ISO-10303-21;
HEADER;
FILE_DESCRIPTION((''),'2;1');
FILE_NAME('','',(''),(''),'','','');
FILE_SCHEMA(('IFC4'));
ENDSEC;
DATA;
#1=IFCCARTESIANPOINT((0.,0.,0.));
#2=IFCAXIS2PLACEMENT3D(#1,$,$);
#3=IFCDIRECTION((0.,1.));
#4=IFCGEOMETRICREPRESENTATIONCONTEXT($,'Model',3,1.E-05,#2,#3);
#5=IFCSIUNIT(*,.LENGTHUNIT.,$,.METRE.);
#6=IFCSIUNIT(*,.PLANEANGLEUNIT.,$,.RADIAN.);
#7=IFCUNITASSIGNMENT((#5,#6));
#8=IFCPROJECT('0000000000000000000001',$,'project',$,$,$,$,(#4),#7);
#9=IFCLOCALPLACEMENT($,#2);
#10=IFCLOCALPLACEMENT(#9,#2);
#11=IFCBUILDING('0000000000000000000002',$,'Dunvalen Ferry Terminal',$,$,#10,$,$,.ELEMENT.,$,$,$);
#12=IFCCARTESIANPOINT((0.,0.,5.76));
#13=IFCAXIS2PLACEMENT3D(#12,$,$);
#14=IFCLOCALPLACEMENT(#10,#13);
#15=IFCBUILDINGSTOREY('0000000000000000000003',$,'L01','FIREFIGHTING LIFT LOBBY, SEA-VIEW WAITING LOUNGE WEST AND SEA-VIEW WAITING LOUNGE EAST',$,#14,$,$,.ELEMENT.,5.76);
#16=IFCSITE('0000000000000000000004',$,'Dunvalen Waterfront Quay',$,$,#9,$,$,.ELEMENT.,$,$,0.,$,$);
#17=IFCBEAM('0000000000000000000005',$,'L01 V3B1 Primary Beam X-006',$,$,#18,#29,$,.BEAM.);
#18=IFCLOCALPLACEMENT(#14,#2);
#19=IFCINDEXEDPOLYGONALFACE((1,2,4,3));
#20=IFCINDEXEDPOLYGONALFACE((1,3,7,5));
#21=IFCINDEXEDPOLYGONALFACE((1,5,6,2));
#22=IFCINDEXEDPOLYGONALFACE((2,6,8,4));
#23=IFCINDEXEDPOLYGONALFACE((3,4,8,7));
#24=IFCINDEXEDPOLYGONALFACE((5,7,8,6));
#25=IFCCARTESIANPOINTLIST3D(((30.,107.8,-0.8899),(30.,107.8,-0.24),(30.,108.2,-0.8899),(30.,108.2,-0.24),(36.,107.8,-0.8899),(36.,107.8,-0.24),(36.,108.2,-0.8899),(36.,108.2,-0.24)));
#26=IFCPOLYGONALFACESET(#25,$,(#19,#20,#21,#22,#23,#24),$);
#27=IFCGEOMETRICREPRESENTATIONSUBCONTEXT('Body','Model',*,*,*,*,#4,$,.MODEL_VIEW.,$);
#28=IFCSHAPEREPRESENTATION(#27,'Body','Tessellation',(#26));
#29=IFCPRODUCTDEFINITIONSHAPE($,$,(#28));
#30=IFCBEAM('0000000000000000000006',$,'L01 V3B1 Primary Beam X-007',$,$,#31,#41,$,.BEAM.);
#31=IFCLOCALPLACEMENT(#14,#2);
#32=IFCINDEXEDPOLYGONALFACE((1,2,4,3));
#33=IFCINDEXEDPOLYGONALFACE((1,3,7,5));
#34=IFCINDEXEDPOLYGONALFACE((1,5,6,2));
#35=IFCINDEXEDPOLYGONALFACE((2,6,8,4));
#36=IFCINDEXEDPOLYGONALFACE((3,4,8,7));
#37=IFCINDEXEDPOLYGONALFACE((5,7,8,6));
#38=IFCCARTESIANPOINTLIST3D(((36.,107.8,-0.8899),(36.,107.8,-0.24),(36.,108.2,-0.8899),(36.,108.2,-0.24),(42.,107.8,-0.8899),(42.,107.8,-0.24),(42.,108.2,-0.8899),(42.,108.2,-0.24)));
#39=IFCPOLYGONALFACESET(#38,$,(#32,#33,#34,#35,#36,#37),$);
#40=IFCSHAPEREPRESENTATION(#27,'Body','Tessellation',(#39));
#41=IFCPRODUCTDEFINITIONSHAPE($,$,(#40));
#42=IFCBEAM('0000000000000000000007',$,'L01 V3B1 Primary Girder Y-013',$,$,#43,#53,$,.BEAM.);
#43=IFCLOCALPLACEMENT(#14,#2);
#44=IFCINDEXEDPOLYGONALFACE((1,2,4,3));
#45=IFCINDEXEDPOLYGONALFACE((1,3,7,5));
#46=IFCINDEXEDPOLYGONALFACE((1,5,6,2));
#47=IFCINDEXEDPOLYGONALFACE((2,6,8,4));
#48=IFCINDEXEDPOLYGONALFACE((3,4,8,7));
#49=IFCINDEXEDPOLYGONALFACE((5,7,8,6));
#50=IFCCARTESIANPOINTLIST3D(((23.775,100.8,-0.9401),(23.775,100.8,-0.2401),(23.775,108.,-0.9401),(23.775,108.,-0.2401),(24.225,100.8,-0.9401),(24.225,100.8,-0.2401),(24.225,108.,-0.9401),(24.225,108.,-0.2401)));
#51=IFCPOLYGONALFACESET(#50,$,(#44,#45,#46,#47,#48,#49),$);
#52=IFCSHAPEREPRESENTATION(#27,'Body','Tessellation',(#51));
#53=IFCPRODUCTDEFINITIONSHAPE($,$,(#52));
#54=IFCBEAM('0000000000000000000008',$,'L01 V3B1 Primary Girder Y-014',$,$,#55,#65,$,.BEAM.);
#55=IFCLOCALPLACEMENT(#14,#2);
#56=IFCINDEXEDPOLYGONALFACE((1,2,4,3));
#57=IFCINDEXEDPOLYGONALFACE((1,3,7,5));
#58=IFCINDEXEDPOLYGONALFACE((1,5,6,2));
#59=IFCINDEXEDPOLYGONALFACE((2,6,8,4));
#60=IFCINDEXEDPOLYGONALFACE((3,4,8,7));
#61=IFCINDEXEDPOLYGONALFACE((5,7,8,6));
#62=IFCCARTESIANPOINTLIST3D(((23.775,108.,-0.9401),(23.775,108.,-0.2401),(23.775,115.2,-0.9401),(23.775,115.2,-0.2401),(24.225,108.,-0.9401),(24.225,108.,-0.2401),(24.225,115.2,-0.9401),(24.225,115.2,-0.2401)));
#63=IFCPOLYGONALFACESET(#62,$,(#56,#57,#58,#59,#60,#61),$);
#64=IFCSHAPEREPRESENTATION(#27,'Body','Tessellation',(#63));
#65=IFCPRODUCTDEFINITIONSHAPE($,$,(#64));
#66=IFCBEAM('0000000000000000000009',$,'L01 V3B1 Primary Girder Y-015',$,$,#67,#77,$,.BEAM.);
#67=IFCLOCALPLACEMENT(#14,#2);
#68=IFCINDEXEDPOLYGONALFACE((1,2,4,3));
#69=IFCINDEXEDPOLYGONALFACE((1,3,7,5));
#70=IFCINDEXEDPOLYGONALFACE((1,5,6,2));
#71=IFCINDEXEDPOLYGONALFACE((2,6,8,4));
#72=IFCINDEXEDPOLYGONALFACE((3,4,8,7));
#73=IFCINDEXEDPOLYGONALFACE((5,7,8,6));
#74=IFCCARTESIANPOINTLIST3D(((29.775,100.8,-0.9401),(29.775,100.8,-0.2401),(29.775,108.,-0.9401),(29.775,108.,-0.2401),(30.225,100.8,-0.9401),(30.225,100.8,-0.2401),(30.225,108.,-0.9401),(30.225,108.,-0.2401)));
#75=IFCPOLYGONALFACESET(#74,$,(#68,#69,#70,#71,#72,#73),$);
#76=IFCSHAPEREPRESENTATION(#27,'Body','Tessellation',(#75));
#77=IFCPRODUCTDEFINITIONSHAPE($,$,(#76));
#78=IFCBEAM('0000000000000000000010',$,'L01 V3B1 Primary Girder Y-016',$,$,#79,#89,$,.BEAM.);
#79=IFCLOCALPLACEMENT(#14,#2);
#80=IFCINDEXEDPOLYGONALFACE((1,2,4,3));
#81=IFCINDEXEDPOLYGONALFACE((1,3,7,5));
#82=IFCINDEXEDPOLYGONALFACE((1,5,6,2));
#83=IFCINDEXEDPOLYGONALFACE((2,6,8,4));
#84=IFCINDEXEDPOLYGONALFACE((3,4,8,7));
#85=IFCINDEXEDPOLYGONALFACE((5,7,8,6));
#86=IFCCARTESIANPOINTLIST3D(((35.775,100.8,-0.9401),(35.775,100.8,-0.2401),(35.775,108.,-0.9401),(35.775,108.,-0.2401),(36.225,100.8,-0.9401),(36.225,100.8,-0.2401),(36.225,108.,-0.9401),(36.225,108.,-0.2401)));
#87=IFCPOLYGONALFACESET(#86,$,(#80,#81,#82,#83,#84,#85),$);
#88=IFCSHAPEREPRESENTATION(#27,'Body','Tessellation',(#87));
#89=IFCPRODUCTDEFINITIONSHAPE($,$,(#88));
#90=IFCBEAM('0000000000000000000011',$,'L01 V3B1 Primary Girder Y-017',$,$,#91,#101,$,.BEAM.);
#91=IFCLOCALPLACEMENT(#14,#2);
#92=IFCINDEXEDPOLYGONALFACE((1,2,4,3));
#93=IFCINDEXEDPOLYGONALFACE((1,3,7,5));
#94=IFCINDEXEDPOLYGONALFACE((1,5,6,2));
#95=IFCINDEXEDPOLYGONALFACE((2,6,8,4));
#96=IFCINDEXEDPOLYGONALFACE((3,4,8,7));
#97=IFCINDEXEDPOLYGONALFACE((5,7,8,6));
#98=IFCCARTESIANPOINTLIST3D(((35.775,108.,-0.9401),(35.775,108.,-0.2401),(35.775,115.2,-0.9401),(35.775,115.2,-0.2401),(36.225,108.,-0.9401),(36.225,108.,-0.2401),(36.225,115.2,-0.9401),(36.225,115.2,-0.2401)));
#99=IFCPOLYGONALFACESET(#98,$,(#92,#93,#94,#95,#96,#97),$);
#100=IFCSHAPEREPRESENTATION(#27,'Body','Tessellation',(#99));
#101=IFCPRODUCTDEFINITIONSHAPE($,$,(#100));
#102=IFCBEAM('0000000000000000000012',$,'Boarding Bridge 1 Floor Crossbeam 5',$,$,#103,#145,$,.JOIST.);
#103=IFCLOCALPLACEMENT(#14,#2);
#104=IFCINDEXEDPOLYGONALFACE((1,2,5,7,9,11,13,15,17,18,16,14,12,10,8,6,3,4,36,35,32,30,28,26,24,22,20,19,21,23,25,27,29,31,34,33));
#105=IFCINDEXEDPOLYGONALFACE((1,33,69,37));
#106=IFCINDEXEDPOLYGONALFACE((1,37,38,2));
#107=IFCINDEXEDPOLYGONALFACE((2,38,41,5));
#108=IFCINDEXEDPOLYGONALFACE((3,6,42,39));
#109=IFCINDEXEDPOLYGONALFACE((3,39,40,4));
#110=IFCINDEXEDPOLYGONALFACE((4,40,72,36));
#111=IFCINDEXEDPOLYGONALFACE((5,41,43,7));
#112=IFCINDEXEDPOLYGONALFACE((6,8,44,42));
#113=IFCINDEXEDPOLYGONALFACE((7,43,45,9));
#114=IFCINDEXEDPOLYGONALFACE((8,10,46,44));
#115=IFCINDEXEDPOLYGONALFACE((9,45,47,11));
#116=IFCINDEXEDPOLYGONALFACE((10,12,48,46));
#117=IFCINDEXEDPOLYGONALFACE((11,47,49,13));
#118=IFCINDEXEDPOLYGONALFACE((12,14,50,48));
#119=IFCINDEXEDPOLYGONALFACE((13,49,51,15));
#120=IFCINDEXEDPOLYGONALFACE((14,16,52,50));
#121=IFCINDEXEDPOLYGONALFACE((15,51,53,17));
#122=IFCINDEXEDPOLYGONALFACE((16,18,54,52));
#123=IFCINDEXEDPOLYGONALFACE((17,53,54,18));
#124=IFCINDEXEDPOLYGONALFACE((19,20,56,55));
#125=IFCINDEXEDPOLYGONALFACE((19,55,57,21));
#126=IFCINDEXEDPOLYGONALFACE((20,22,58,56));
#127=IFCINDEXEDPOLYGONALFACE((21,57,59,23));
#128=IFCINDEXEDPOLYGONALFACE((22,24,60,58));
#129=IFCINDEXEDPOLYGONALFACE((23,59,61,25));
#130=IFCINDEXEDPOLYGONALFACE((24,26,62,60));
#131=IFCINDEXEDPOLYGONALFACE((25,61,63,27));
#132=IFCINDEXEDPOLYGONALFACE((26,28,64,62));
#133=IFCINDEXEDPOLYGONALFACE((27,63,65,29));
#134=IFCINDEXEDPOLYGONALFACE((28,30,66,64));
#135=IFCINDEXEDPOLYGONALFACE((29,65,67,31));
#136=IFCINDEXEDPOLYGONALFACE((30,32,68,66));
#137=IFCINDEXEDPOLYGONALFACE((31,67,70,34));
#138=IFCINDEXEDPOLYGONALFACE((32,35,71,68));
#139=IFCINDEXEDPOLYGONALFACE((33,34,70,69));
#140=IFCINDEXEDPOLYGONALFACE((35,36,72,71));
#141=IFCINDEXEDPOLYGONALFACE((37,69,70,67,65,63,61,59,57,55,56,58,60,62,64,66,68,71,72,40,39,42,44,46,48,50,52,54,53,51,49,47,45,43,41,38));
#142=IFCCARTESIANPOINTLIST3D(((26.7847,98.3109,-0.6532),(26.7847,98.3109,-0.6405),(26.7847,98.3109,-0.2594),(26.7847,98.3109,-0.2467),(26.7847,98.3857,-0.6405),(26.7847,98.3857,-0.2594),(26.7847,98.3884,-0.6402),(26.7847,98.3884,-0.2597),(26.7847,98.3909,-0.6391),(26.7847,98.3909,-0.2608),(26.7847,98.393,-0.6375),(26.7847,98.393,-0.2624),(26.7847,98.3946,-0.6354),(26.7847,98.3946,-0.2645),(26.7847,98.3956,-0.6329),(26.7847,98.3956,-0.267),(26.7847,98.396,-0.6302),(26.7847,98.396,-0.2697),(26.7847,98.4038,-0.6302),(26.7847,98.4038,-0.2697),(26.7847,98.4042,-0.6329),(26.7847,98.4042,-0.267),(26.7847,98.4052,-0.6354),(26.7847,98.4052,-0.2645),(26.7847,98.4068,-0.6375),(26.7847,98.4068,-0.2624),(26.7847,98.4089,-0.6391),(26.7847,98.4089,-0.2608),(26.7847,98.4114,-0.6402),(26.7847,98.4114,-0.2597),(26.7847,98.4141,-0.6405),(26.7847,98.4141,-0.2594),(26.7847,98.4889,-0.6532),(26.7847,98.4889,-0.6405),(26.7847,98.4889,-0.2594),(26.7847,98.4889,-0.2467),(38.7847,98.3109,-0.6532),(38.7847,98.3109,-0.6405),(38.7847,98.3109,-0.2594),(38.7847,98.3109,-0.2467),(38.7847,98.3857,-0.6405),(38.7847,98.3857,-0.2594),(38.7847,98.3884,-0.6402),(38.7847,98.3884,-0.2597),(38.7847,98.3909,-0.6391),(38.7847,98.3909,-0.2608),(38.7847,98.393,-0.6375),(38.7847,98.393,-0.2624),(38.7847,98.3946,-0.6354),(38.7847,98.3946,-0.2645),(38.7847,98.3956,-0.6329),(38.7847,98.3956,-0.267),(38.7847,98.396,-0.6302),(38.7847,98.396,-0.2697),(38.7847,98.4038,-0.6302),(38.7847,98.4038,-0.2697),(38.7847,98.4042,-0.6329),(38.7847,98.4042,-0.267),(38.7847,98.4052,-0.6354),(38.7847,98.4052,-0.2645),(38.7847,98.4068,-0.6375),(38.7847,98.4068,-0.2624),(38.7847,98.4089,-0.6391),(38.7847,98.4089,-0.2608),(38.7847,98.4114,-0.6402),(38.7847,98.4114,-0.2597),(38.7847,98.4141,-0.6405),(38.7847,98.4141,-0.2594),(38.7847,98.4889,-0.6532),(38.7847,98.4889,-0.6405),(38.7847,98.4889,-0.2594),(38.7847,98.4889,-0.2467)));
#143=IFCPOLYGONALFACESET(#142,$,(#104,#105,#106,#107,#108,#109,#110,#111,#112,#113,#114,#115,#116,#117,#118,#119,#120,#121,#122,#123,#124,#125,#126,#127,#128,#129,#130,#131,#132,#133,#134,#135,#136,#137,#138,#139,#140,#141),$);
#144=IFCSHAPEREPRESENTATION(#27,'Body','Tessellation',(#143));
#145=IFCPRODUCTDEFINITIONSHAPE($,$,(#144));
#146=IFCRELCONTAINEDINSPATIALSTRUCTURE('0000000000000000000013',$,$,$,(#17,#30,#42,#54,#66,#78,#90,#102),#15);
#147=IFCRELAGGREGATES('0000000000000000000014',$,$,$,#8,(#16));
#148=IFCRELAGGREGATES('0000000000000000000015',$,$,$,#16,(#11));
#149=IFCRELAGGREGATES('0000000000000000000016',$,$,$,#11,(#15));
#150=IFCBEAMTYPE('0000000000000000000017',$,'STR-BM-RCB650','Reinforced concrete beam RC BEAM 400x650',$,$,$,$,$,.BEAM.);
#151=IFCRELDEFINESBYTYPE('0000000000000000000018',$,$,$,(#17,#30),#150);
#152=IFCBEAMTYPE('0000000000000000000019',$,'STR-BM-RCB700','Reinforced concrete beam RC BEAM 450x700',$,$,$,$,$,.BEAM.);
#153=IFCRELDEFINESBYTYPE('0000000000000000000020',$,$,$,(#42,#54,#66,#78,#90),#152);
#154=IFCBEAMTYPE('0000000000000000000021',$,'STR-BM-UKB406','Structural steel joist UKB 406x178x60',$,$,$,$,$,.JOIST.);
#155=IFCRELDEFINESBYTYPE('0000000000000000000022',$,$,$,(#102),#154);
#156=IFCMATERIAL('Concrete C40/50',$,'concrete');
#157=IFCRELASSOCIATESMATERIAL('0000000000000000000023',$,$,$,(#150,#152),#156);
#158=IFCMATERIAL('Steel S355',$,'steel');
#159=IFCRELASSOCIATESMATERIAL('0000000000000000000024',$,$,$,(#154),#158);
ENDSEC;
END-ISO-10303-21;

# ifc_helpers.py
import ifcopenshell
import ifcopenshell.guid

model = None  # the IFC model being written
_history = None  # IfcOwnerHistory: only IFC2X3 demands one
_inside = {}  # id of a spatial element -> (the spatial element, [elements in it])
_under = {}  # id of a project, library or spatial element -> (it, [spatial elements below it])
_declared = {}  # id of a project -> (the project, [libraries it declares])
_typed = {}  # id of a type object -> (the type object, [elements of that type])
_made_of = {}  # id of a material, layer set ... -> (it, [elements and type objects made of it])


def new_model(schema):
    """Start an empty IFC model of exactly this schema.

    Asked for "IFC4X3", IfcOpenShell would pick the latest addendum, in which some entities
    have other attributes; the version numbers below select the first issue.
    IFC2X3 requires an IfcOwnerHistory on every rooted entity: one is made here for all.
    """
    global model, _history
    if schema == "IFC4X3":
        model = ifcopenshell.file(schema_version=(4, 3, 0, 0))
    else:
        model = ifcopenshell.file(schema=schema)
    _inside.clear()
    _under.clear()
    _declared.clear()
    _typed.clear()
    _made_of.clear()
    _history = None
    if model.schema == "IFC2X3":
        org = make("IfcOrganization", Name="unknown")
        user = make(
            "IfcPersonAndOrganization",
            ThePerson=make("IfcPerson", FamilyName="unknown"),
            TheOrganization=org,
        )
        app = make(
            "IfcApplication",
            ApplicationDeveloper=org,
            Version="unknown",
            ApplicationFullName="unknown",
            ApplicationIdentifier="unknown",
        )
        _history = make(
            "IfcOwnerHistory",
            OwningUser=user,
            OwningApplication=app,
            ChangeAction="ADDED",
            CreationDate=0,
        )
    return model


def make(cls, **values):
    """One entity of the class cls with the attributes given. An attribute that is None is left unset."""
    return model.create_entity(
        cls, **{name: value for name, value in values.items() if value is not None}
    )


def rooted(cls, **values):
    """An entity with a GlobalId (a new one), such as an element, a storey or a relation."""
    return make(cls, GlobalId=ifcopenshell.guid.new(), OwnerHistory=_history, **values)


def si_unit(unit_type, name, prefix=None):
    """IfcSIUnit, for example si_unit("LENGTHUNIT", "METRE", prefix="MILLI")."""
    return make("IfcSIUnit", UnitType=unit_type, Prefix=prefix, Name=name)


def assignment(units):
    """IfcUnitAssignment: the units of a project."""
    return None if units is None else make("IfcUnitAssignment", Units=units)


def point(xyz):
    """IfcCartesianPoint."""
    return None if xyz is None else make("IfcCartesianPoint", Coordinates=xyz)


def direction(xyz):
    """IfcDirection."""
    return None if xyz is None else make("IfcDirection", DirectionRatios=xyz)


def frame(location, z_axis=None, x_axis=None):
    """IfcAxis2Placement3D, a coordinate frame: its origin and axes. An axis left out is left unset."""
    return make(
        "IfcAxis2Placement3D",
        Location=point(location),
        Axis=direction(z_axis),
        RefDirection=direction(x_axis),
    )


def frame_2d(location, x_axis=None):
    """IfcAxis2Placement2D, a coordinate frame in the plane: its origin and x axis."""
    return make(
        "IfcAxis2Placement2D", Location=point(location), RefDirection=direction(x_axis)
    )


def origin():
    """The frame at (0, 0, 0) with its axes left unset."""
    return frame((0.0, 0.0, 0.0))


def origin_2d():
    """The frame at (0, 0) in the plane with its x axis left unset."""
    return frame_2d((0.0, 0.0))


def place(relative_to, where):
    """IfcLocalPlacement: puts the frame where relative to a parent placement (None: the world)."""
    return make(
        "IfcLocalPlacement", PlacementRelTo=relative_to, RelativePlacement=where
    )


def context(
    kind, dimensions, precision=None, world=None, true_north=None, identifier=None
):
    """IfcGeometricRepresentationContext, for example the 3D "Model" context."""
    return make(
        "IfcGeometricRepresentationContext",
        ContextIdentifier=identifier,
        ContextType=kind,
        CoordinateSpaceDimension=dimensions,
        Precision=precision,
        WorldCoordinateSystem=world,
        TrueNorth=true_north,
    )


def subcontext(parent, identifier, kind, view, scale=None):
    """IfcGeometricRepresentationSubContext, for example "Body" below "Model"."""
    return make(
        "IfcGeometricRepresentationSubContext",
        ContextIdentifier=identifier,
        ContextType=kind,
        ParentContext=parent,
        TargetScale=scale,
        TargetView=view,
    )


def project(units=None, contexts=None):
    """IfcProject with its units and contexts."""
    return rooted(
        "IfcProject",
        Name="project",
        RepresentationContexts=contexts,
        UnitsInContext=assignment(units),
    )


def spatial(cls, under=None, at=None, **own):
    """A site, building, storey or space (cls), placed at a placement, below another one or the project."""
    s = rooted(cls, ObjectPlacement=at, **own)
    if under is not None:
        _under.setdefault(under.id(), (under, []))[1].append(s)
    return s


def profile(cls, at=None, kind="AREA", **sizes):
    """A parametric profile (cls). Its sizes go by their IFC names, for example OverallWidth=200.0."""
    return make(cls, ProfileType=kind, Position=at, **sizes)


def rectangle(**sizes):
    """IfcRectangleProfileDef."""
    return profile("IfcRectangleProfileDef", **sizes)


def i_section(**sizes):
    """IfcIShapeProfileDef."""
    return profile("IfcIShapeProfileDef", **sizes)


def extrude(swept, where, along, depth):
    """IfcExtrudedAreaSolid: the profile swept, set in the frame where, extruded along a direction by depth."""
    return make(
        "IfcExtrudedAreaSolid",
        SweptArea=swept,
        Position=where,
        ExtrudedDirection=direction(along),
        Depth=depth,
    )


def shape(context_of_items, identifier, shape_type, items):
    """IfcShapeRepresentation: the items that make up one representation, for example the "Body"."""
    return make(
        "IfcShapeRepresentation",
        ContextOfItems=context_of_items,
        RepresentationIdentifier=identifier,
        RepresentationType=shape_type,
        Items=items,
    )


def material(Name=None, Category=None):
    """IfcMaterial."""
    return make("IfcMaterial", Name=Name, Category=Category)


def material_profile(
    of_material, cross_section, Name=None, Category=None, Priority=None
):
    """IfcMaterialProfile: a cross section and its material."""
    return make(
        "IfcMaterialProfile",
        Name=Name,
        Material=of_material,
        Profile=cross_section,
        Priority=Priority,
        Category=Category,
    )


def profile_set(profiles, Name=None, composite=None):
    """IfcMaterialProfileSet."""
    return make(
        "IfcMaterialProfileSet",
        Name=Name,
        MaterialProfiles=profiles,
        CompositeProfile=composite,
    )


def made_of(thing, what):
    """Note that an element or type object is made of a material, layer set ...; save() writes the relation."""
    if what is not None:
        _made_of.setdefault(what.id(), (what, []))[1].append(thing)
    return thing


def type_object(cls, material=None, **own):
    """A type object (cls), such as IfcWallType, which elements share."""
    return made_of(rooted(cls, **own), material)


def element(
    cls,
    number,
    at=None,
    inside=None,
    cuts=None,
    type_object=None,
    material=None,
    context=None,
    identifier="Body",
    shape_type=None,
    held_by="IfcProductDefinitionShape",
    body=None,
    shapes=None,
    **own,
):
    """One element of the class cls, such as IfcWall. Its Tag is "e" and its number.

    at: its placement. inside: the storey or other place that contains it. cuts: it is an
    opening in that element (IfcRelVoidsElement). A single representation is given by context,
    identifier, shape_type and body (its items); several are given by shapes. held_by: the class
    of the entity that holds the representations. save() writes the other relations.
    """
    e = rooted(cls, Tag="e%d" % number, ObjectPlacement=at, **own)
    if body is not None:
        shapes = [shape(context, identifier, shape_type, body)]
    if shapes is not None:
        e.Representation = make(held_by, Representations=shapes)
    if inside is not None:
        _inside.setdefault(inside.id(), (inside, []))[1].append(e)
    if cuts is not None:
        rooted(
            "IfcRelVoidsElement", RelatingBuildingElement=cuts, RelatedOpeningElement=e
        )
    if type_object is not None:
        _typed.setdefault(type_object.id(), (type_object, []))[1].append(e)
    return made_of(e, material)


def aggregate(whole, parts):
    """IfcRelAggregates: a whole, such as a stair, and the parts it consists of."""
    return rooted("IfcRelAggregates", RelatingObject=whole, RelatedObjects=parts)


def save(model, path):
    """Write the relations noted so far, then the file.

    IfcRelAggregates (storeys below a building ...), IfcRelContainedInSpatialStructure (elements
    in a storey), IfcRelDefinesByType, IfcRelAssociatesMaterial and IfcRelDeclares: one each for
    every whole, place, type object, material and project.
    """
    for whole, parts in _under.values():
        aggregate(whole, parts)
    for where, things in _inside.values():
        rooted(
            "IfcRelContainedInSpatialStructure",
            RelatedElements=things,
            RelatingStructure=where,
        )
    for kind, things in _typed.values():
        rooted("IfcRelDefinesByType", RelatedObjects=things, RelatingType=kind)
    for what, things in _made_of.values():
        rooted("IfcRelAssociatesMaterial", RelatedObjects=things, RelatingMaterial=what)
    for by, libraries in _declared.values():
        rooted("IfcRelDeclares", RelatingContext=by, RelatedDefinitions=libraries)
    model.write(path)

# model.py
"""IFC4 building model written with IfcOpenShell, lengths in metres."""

from ifc_helpers import new_model, si_unit, direction, frame, origin, origin_2d, place, context, subcontext, project, spatial, rectangle, i_section, extrude, material, material_profile, profile_set, type_object, element, save


model = new_model("IFC4")

# Units and contexts
model_context = context("Model", 3, precision=1e-05, world=origin(), true_north=direction((0.0, 1.0)))
body_context = subcontext(model_context, "Body", "Model", "MODEL_VIEW")
ifc_project = project(units=[si_unit("LENGTHUNIT", "METRE"), si_unit("PLANEANGLEUNIT", "RADIAN")], contexts=[model_context])

# Site, building, storey
site_placement = place(None, origin())
site = spatial("IfcSite", under=ifc_project, at=site_placement, Name="Dunvalen Waterfront Quay", CompositionType="ELEMENT", RefElevation=0.0)
building_placement = place(site_placement, origin())
building = spatial("IfcBuilding", under=site, at=building_placement, Name="Dunvalen Ferry Terminal", CompositionType="ELEMENT")
storey_placement = place(building_placement, frame((0.0, 0.0, 5.76)))
storey = spatial("IfcBuildingStorey", under=building, at=storey_placement, Name="L01", Description="FIREFIGHTING LIFT LOBBY, SEA-VIEW WAITING LOUNGE WEST AND SEA-VIEW WAITING LOUNGE EAST", CompositionType="ELEMENT", Elevation=5.76)

# Beams
ifc_material_1 = material(Name="Concrete C40/50", Category="concrete")
ifc_material_profile_1 = material_profile(ifc_material_1, rectangle(XDim=0.3999, YDim=0.6499, at=origin_2d()), Name="Concrete C40/50")
ifc_profile_set_1 = profile_set([ifc_material_profile_1], Name="Concrete C40/50")
beam_type_1 = type_object("IfcBeamType", Name="STR-BM-RCB650", Description="Reinforced concrete beam RC BEAM 400x650", PredefinedType="BEAM", material=ifc_profile_set_1)
for number, where, z_axis, x_axis, name in (
    (1, (30.0, 108.0, -0.5649), (1.0, 0.0, 0.0), (0.0, 1.0, 0.0), "L01 V3B1 Primary Beam X-006"),
    (2, (36.0, 108.0, -0.5649), (1.0, 0.0, 0.0), (0.0, 1.0, 0.0), "L01 V3B1 Primary Beam X-007"),
):
    element("IfcBeam", number, at=place(storey_placement, frame(where, z_axis=z_axis, x_axis=x_axis)), inside=storey, type_object=beam_type_1, Name=name, PredefinedType="BEAM", context=body_context, shape_type="SweptSolid", body=[
        extrude(rectangle(XDim=0.3999, YDim=0.6499, at=origin_2d()), origin(), (0.0, 0.0, 1.0), 6.0),
    ])
ifc_material_profile_2 = material_profile(ifc_material_1, rectangle(XDim=0.45, YDim=0.7, at=origin_2d()), Name="Concrete C40/50")
ifc_profile_set_2 = profile_set([ifc_material_profile_2], Name="Concrete C40/50")
beam_type_2 = type_object("IfcBeamType", Name="STR-BM-RCB700", Description="Reinforced concrete beam RC BEAM 450x700", PredefinedType="BEAM", material=ifc_profile_set_2)
for number, where, z_axis, x_axis, name in (
    (3, (24.0, 100.8, -0.5901), (0.0, 1.0, 0.0), (-1.0, 0.0, 0.0), "L01 V3B1 Primary Girder Y-013"),
    (4, (24.0, 108.0, -0.5901), (0.0, 1.0, 0.0), (-1.0, 0.0, 0.0), "L01 V3B1 Primary Girder Y-014"),
    (5, (30.0, 100.8, -0.5901), (0.0, 1.0, 0.0), (-1.0, 0.0, 0.0), "L01 V3B1 Primary Girder Y-015"),
    (6, (36.0, 100.8, -0.5901), (0.0, 1.0, 0.0), (-1.0, 0.0, 0.0), "L01 V3B1 Primary Girder Y-016"),
    (7, (36.0, 108.0, -0.5901), (0.0, 1.0, 0.0), (-1.0, 0.0, 0.0), "L01 V3B1 Primary Girder Y-017"),
):
    element("IfcBeam", number, at=place(storey_placement, frame(where, z_axis=z_axis, x_axis=x_axis)), inside=storey, type_object=beam_type_2, Name=name, PredefinedType="BEAM", context=body_context, shape_type="SweptSolid", body=[
        extrude(rectangle(XDim=0.45, YDim=0.7, at=origin_2d()), origin(), (0.0, 0.0, 1.0), 7.2),
    ])
ifc_material_2 = material(Name="Steel S355", Category="steel")
ifc_material_profile_3 = material_profile(ifc_material_2, i_section(OverallWidth=0.178, OverallDepth=0.4065, WebThickness=0.0078, FlangeThickness=0.0127, FilletRadius=0.0103, at=origin_2d()), Name="Steel S355")
ifc_profile_set_3 = profile_set([ifc_material_profile_3], Name="Steel S355")
beam_type_3 = type_object("IfcBeamType", Name="STR-BM-UKB406", Description="Structural steel joist UKB 406x178x60", PredefinedType="JOIST", material=ifc_profile_set_3)
beam_1_placement = place(storey_placement, frame((26.7847, 98.3999, -0.45), z_axis=(1.0, 0.0, 0.0), x_axis=(0.0, 1.0, 0.0)))
element("IfcBeam", 8, at=beam_1_placement, inside=storey, type_object=beam_type_3, Name="Boarding Bridge 1 Floor Crossbeam 5", PredefinedType="JOIST", context=body_context, shape_type="SweptSolid", body=[
    extrude(i_section(OverallWidth=0.178, OverallDepth=0.4065, WebThickness=0.0078, FlangeThickness=0.0127, FilletRadius=0.0103, at=origin_2d()), origin(), (0.0, 0.0, 1.0), 12.0),
])

save(model, "model.ifc")
